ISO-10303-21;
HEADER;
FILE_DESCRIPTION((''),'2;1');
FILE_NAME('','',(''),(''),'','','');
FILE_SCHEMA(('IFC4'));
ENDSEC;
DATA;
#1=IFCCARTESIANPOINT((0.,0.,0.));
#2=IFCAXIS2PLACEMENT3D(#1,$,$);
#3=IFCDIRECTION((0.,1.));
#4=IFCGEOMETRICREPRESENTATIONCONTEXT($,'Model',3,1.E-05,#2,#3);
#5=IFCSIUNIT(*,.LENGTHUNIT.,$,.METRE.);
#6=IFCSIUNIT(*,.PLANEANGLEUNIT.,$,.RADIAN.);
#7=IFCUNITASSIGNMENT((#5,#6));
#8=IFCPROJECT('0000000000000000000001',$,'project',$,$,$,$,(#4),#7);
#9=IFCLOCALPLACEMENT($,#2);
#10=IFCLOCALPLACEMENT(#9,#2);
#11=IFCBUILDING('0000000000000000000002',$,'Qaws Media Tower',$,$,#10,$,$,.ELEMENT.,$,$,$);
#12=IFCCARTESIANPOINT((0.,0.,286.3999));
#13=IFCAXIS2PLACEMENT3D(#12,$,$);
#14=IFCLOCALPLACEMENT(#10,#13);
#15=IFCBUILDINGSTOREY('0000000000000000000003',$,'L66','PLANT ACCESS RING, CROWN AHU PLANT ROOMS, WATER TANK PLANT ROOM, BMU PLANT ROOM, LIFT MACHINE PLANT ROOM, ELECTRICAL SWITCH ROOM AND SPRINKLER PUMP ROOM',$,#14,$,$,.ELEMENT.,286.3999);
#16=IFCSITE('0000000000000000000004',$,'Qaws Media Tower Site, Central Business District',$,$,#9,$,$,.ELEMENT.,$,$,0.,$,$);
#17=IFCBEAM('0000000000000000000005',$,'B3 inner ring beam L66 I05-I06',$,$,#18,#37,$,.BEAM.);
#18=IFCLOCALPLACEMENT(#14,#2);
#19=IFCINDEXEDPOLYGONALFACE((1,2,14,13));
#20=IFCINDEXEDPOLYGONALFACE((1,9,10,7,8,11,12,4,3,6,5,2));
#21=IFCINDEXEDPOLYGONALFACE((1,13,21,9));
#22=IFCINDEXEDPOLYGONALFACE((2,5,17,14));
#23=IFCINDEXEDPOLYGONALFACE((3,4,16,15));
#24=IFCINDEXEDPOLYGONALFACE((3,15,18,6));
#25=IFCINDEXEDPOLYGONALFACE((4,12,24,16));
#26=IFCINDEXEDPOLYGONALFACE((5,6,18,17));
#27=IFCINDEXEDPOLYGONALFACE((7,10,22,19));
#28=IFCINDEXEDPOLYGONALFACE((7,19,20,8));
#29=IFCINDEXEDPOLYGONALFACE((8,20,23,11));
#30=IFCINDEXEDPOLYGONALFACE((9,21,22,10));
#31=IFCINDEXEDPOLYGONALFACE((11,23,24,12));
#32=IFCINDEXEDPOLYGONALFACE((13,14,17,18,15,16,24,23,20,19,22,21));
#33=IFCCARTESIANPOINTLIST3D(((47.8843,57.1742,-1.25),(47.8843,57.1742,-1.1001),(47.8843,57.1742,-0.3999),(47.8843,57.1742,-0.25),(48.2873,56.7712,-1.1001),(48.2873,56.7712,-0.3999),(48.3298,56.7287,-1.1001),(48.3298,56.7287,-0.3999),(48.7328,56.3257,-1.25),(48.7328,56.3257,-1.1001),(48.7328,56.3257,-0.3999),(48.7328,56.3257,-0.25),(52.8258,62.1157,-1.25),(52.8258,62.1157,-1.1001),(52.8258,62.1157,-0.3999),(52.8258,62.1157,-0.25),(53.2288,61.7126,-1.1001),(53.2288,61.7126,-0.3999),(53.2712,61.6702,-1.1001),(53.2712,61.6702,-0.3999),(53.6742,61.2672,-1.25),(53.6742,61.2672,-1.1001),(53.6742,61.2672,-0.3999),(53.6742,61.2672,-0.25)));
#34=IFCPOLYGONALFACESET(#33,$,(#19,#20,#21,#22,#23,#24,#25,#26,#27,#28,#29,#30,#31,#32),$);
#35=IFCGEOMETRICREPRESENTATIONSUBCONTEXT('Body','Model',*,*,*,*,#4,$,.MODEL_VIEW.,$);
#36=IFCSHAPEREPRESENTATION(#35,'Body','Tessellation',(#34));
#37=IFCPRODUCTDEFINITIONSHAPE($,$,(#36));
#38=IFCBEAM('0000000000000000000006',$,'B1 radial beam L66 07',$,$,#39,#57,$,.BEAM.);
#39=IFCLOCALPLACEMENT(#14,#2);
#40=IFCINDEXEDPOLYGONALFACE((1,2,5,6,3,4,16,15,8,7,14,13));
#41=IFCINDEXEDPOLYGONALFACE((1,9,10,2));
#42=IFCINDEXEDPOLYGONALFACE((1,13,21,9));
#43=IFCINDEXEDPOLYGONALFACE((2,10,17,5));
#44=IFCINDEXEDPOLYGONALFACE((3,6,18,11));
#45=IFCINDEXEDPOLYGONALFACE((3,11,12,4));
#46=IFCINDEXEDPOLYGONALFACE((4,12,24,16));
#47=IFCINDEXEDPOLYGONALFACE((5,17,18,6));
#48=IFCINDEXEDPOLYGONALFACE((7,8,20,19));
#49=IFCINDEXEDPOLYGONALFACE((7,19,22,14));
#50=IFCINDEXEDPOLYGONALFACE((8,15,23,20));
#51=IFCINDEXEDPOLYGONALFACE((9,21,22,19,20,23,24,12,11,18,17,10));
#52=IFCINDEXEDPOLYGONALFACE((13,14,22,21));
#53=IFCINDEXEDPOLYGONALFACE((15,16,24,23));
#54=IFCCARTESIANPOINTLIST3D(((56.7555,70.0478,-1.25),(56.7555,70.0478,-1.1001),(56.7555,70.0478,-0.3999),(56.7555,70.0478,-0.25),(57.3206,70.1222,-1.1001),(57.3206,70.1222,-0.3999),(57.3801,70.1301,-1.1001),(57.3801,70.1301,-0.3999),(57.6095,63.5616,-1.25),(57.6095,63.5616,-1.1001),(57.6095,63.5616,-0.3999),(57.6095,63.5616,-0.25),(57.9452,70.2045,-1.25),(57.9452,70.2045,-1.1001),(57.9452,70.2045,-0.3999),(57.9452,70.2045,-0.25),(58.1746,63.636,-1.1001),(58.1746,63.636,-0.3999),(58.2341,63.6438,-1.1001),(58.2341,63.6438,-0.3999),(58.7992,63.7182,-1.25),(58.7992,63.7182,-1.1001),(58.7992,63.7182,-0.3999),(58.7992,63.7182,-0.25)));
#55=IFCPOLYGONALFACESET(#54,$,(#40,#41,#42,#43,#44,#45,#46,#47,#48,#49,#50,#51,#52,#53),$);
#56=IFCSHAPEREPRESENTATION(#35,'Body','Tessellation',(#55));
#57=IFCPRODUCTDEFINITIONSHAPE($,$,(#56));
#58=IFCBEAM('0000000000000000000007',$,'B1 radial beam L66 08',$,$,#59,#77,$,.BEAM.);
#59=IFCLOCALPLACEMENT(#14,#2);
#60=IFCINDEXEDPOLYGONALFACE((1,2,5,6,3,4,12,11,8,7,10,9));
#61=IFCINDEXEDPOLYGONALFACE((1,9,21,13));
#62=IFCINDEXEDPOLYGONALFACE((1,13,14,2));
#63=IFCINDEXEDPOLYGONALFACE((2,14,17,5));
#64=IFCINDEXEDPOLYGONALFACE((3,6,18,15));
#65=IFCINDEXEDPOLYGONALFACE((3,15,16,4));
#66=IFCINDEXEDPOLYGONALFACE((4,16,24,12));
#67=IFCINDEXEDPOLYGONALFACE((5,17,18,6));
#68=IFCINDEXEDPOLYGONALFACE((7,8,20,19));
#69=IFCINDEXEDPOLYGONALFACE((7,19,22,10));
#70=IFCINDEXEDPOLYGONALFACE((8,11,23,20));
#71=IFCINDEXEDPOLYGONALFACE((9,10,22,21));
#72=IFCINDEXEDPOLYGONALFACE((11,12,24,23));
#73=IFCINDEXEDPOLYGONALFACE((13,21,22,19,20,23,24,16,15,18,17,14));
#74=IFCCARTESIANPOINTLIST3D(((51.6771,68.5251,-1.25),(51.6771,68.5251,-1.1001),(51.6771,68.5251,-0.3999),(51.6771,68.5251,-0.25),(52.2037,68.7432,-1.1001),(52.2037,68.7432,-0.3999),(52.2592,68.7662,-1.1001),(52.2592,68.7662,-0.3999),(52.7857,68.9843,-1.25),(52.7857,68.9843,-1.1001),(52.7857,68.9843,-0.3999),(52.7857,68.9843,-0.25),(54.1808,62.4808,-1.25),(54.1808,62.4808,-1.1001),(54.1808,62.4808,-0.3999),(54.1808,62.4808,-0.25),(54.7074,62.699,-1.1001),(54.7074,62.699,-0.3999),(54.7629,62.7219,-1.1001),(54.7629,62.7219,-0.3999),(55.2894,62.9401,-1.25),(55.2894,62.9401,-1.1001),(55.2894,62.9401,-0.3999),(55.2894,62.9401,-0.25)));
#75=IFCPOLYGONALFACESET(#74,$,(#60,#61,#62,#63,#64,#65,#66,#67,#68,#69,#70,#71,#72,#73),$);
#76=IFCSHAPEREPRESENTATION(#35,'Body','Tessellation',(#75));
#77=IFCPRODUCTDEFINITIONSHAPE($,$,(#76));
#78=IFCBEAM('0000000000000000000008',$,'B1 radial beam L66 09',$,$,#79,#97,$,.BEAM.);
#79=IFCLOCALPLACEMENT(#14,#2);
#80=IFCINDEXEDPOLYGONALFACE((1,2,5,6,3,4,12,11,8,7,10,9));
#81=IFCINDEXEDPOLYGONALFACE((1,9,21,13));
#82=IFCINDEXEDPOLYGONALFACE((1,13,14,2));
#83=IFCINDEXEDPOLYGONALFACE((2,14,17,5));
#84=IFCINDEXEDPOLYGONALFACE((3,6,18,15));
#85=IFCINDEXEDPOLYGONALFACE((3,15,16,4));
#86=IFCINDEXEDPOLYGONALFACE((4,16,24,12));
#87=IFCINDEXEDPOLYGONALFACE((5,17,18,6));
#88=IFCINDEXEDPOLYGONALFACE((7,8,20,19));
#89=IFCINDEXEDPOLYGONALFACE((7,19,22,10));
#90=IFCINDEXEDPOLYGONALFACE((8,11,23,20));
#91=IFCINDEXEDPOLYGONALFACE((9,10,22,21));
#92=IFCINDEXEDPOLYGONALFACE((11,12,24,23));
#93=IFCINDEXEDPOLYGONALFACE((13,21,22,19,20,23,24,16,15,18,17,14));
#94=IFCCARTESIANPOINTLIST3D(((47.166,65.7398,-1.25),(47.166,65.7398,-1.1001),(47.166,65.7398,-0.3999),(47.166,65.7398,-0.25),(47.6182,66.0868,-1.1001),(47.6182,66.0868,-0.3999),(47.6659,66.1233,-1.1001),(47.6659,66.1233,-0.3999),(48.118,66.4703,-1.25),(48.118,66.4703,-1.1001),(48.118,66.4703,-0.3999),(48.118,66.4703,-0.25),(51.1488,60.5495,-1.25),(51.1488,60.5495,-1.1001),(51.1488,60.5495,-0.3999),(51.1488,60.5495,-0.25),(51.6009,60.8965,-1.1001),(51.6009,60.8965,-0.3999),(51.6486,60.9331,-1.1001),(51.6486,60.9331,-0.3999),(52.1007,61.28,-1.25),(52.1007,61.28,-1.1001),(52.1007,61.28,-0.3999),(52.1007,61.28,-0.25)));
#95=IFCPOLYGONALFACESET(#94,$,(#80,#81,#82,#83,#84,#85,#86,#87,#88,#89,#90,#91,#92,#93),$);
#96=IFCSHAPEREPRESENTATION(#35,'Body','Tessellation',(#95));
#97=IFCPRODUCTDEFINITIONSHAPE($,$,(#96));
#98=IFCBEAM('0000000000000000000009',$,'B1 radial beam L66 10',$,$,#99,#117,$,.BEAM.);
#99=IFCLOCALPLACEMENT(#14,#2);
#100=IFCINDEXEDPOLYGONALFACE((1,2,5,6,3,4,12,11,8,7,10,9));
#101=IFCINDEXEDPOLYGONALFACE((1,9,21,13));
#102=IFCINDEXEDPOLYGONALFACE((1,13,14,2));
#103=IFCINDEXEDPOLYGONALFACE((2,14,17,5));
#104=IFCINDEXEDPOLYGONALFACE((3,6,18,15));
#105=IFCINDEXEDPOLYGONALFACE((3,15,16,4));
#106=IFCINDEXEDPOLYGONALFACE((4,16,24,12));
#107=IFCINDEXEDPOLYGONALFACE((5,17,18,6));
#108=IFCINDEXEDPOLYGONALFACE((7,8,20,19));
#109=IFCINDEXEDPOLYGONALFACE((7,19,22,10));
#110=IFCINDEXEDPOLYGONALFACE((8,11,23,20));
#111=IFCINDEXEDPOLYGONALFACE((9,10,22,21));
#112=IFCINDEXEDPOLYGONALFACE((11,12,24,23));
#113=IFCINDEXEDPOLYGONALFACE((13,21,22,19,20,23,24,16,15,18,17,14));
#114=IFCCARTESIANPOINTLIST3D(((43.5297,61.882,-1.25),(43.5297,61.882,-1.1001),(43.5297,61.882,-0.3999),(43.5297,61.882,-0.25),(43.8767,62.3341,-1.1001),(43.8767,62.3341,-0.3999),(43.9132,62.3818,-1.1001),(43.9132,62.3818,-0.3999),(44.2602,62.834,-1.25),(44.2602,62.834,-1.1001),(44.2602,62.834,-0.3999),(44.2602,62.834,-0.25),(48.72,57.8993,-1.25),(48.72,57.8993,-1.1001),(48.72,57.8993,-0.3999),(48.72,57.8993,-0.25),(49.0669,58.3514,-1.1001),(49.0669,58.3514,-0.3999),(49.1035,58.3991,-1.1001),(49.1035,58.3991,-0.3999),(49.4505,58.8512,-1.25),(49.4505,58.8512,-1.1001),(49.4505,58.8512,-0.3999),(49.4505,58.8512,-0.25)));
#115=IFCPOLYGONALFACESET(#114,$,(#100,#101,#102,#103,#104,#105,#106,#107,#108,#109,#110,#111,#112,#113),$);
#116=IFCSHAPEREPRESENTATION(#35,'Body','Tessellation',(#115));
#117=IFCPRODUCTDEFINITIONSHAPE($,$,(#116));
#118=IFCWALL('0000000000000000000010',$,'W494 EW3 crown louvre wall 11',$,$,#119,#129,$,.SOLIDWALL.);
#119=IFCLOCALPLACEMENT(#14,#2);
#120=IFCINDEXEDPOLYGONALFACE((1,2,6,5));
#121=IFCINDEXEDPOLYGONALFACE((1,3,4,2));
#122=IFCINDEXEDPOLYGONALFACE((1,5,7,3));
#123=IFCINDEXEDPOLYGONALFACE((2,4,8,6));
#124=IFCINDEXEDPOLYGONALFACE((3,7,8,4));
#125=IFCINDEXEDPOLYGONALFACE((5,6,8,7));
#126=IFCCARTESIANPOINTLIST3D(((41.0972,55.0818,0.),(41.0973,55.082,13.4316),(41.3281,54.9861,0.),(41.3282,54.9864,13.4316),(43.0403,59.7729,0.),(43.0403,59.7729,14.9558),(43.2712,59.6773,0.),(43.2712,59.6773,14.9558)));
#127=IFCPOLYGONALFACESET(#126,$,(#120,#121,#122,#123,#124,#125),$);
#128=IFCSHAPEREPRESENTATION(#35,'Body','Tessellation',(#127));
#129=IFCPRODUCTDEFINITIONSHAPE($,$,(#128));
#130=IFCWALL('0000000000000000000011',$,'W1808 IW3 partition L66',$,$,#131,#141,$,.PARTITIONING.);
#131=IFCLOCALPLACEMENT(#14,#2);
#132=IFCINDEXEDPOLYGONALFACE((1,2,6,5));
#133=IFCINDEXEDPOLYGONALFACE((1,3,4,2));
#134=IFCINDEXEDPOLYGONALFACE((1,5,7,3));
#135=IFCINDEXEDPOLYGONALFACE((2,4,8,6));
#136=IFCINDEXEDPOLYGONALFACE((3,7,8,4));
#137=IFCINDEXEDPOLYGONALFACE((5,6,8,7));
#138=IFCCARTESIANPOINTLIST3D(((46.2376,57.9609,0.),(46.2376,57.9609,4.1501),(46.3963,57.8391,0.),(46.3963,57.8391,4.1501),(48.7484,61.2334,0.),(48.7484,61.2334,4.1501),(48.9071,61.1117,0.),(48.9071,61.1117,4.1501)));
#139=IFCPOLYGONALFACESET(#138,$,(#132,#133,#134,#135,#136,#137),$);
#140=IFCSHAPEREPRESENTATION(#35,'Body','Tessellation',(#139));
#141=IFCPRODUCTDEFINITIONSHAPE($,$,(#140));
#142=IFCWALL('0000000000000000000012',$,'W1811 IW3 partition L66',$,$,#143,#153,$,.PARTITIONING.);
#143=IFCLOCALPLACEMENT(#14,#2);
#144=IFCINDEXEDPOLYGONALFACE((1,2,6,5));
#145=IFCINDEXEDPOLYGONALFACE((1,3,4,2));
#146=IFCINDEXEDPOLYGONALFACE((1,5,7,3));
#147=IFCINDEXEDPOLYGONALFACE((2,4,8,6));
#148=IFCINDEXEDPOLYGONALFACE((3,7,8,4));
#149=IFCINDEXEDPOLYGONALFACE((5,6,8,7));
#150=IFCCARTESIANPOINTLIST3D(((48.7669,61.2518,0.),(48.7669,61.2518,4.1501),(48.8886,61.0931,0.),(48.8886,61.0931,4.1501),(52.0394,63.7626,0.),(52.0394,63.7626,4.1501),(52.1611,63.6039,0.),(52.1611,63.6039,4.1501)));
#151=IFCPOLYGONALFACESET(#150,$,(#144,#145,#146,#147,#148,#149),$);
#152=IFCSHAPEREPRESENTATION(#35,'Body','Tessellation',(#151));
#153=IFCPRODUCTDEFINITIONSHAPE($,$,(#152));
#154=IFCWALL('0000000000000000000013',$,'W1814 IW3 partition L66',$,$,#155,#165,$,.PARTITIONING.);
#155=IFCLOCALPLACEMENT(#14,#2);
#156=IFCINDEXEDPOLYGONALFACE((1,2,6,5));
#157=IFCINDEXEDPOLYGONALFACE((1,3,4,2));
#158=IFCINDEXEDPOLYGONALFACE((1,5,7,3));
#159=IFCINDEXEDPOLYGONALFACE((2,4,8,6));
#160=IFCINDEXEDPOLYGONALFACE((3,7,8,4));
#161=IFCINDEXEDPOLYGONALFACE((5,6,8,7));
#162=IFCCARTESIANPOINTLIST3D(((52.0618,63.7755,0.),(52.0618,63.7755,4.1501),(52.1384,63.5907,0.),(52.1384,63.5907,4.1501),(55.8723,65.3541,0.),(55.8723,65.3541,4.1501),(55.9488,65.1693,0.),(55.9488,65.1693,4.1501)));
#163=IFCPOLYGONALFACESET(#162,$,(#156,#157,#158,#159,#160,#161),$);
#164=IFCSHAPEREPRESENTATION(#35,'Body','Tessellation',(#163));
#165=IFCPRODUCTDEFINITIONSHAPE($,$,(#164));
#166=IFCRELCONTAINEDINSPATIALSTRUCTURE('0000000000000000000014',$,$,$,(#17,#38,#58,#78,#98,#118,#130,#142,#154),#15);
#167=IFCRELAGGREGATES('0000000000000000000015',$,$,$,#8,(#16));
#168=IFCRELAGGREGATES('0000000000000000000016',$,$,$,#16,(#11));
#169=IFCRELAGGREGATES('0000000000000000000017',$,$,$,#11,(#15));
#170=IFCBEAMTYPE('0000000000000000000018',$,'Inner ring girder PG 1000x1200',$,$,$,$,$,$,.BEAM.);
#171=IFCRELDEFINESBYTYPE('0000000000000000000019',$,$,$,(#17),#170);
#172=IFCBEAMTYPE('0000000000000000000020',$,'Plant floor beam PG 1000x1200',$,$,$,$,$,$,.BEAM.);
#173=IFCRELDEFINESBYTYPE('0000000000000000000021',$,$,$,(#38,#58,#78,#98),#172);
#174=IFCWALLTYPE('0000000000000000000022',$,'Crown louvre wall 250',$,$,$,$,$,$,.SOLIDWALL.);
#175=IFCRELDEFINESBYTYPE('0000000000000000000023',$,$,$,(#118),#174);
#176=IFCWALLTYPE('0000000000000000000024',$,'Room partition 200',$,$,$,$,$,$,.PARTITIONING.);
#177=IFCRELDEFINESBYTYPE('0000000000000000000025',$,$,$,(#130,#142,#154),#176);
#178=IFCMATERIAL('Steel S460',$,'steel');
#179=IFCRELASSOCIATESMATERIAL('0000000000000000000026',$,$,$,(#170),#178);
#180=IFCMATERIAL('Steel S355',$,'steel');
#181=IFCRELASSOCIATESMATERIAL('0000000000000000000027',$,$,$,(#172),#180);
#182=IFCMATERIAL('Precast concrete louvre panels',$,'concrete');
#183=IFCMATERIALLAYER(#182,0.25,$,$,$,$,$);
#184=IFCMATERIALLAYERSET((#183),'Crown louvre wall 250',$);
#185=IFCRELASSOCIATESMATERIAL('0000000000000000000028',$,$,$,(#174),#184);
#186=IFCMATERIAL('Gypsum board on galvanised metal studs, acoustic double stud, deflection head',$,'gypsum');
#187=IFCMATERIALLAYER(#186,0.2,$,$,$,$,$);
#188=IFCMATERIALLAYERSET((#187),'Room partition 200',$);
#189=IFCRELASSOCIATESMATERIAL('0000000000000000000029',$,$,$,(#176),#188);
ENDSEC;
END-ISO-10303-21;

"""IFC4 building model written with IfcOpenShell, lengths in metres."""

from ifc_helpers import new_model, si_unit, direction, frame, frame_2d, origin, origin_2d, place, context, subcontext, project, spatial, polyline, rectangle, i_section, outline, extrude, material, layer, layer_set, material_profile, profile_set, type_object, element, save


model = new_model("IFC4")

# Units and contexts
model_context = context("Model", 3, precision=1e-05, world=origin(), true_north=direction((0.0, 1.0)))
body_context = subcontext(model_context, "Body", "Model", "MODEL_VIEW")
ifc_project = project(units=[si_unit("LENGTHUNIT", "METRE"), si_unit("PLANEANGLEUNIT", "RADIAN")], contexts=[model_context])

# Site, building, storey
site_placement = place(None, origin())
site = spatial("IfcSite", under=ifc_project, at=site_placement, Name="Qaws Media Tower Site, Central Business District", CompositionType="ELEMENT", RefElevation=0.0)
building_placement = place(site_placement, origin())
building = spatial("IfcBuilding", under=site, at=building_placement, Name="Qaws Media Tower", CompositionType="ELEMENT")
storey_placement = place(building_placement, frame((0.0, 0.0, 286.3999)))
storey = spatial("IfcBuildingStorey", under=building, at=storey_placement, Name="L66", Description="PLANT ACCESS RING, CROWN AHU PLANT ROOMS, WATER TANK PLANT ROOM, BMU PLANT ROOM, LIFT MACHINE PLANT ROOM, ELECTRICAL SWITCH ROOM AND SPRINKLER PUMP ROOM", CompositionType="ELEMENT", Elevation=286.3999)

# Beams
ifc_material_1 = material(Name="Steel S460", Category="steel")
ifc_material_profile_1 = material_profile(ifc_material_1, i_section(OverallWidth=1.2, OverallDepth=1.0, WebThickness=0.0601, FlangeThickness=0.1499, at=origin_2d()), Name="PG 1000x1200")
ifc_profile_set_1 = profile_set([ifc_material_profile_1], Name="Steel S460")
beam_type_1 = type_object("IfcBeamType", Name="Inner ring girder PG 1000x1200", PredefinedType="BEAM", material=ifc_profile_set_1)
beam_1_placement = place(storey_placement, frame((53.25, 61.6914, -0.75), z_axis=(-0.707107, -0.707107, 0.0), x_axis=(0.707107, -0.707107, 0.0)))
element("IfcBeam", 1, at=beam_1_placement, inside=storey, type_object=beam_type_1, Name="B3 inner ring beam L66 I05-I06", PredefinedType="BEAM", context=body_context, shape_type="SweptSolid", body=[
    extrude(i_section(OverallWidth=1.2, OverallDepth=1.0, WebThickness=0.0601, FlangeThickness=0.1499, at=origin_2d()), origin(), (0.0, 0.0, 1.0), 6.9883),
])
ifc_material_2 = material(Name="Steel S355", Category="steel")
ifc_material_profile_2 = material_profile(ifc_material_2, i_section(OverallWidth=1.2, OverallDepth=1.0, WebThickness=0.0601, FlangeThickness=0.1499, at=origin_2d()), Name="PG 1000x1200")
ifc_profile_set_2 = profile_set([ifc_material_profile_2], Name="Steel S355")
beam_type_2 = type_object("IfcBeamType", Name="Plant floor beam PG 1000x1200", PredefinedType="BEAM", material=ifc_profile_set_2)
for number, where, z_axis, x_axis, name in (
    (2, (58.2043, 63.6399, -0.75), (-0.130536, 0.991444, 0.0), (-0.991444, -0.130536, 0.0), "B1 radial beam L66 07"),
    (3, (54.7351, 62.7104, -0.75), (-0.382693, 0.923875, 0.0), (-0.923875, -0.382693, 0.0), "B1 radial beam L66 08"),
    (4, (51.6248, 60.9148, -0.75), (-0.608771, 0.793346, 0.0), (-0.793346, -0.608771, 0.0), "B1 radial beam L66 09"),
    (5, (49.0852, 58.3752, -0.75), (-0.793346, 0.608771, 0.0), (-0.608771, -0.793346, 0.0), "B1 radial beam L66 10"),
):
    element("IfcBeam", number, at=place(storey_placement, frame(where, z_axis=z_axis, x_axis=x_axis)), inside=storey, type_object=beam_type_2, Name=name, PredefinedType="BEAM", context=body_context, shape_type="SweptSolid", body=[
        extrude(i_section(OverallWidth=1.2, OverallDepth=1.0, WebThickness=0.0601, FlangeThickness=0.1499, at=origin_2d()), origin(), (0.0, 0.0, 1.0), 6.5422),
    ])

# Walls
ifc_material_3 = material(Name="Precast concrete louvre panels", Category="concrete")
ifc_layer_1 = layer(ifc_material_3, 0.25)
ifc_layer_set_1 = layer_set([ifc_layer_1], Name="Crown louvre wall 250")
wall_type_1 = type_object("IfcWallType", Name="Crown louvre wall 250", PredefinedType="SOLIDWALL", material=ifc_layer_set_1)
wall_1_placement = place(storey_placement, frame((43.1558, 59.7251, 0.0), z_axis=(0.0, 0.0, 1.0), x_axis=(-0.382679, -0.923881, 0.0)))
element("IfcWall", 6, at=wall_1_placement, inside=storey, type_object=wall_type_1, Name="W494 EW3 crown louvre wall 11", PredefinedType="SOLIDWALL", context=body_context, shape_type="SweptSolid", body=[
    extrude(outline(polyline([(0.0, 0.0), (5.0776, 0.0), (5.0774, 13.4316), (0.0, 14.9558), (0.0, 0.0)])), frame((0.0, 0.125, 0.0), z_axis=(0.0, -1.0, 0.0), x_axis=(1.0, 0.0, 0.0)), (0.0, 0.0, 1.0), 0.25),
])
ifc_material_4 = material(Name="Gypsum board on galvanised metal studs, acoustic double stud, deflection head", Category="gypsum")
ifc_layer_2 = layer(ifc_material_4, 0.2)
ifc_layer_set_2 = layer_set([ifc_layer_2], Name="Room partition 200")
wall_type_2 = type_object("IfcWallType", Name="Room partition 200", PredefinedType="PARTITIONING", material=ifc_layer_set_2)
for number, where, z_axis, x_axis, name in (
    (7, (46.3169, 57.8999, 0.0), (0.0, 0.0, 1.0), (0.608715, 0.793389, 0.0), "W1808 IW3 partition L66"),
    (8, (48.8276, 61.1724, 0.0), (0.0, 0.0, 1.0), (0.793389, 0.608715, 0.0), "W1811 IW3 partition L66"),
):
    element("IfcWall", number, at=place(storey_placement, frame(where, z_axis=z_axis, x_axis=x_axis)), inside=storey, type_object=wall_type_2, Name=name, PredefinedType="PARTITIONING", context=body_context, shape_type="SweptSolid", body=[
        extrude(rectangle(XDim=4.1248, YDim=0.2, at=frame_2d((2.0625, 0.0))), origin(), (0.0, 0.0, 1.0), 4.1501),
    ])
wall_2_placement = place(storey_placement, frame((52.1001, 63.6831, 0.0), z_axis=(0.0, 0.0, 1.0), x_axis=(0.92386, 0.382732, 0.0)))
element("IfcWall", 9, at=wall_2_placement, inside=storey, type_object=wall_type_2, Name="W1814 IW3 partition L66", PredefinedType="PARTITIONING", context=body_context, shape_type="SweptSolid", body=[
    extrude(rectangle(XDim=4.1245, YDim=0.2, at=frame_2d((2.0623, 0.0))), origin(), (0.0, 0.0, 1.0), 4.1501),
])

save(model, "model.ifc")
